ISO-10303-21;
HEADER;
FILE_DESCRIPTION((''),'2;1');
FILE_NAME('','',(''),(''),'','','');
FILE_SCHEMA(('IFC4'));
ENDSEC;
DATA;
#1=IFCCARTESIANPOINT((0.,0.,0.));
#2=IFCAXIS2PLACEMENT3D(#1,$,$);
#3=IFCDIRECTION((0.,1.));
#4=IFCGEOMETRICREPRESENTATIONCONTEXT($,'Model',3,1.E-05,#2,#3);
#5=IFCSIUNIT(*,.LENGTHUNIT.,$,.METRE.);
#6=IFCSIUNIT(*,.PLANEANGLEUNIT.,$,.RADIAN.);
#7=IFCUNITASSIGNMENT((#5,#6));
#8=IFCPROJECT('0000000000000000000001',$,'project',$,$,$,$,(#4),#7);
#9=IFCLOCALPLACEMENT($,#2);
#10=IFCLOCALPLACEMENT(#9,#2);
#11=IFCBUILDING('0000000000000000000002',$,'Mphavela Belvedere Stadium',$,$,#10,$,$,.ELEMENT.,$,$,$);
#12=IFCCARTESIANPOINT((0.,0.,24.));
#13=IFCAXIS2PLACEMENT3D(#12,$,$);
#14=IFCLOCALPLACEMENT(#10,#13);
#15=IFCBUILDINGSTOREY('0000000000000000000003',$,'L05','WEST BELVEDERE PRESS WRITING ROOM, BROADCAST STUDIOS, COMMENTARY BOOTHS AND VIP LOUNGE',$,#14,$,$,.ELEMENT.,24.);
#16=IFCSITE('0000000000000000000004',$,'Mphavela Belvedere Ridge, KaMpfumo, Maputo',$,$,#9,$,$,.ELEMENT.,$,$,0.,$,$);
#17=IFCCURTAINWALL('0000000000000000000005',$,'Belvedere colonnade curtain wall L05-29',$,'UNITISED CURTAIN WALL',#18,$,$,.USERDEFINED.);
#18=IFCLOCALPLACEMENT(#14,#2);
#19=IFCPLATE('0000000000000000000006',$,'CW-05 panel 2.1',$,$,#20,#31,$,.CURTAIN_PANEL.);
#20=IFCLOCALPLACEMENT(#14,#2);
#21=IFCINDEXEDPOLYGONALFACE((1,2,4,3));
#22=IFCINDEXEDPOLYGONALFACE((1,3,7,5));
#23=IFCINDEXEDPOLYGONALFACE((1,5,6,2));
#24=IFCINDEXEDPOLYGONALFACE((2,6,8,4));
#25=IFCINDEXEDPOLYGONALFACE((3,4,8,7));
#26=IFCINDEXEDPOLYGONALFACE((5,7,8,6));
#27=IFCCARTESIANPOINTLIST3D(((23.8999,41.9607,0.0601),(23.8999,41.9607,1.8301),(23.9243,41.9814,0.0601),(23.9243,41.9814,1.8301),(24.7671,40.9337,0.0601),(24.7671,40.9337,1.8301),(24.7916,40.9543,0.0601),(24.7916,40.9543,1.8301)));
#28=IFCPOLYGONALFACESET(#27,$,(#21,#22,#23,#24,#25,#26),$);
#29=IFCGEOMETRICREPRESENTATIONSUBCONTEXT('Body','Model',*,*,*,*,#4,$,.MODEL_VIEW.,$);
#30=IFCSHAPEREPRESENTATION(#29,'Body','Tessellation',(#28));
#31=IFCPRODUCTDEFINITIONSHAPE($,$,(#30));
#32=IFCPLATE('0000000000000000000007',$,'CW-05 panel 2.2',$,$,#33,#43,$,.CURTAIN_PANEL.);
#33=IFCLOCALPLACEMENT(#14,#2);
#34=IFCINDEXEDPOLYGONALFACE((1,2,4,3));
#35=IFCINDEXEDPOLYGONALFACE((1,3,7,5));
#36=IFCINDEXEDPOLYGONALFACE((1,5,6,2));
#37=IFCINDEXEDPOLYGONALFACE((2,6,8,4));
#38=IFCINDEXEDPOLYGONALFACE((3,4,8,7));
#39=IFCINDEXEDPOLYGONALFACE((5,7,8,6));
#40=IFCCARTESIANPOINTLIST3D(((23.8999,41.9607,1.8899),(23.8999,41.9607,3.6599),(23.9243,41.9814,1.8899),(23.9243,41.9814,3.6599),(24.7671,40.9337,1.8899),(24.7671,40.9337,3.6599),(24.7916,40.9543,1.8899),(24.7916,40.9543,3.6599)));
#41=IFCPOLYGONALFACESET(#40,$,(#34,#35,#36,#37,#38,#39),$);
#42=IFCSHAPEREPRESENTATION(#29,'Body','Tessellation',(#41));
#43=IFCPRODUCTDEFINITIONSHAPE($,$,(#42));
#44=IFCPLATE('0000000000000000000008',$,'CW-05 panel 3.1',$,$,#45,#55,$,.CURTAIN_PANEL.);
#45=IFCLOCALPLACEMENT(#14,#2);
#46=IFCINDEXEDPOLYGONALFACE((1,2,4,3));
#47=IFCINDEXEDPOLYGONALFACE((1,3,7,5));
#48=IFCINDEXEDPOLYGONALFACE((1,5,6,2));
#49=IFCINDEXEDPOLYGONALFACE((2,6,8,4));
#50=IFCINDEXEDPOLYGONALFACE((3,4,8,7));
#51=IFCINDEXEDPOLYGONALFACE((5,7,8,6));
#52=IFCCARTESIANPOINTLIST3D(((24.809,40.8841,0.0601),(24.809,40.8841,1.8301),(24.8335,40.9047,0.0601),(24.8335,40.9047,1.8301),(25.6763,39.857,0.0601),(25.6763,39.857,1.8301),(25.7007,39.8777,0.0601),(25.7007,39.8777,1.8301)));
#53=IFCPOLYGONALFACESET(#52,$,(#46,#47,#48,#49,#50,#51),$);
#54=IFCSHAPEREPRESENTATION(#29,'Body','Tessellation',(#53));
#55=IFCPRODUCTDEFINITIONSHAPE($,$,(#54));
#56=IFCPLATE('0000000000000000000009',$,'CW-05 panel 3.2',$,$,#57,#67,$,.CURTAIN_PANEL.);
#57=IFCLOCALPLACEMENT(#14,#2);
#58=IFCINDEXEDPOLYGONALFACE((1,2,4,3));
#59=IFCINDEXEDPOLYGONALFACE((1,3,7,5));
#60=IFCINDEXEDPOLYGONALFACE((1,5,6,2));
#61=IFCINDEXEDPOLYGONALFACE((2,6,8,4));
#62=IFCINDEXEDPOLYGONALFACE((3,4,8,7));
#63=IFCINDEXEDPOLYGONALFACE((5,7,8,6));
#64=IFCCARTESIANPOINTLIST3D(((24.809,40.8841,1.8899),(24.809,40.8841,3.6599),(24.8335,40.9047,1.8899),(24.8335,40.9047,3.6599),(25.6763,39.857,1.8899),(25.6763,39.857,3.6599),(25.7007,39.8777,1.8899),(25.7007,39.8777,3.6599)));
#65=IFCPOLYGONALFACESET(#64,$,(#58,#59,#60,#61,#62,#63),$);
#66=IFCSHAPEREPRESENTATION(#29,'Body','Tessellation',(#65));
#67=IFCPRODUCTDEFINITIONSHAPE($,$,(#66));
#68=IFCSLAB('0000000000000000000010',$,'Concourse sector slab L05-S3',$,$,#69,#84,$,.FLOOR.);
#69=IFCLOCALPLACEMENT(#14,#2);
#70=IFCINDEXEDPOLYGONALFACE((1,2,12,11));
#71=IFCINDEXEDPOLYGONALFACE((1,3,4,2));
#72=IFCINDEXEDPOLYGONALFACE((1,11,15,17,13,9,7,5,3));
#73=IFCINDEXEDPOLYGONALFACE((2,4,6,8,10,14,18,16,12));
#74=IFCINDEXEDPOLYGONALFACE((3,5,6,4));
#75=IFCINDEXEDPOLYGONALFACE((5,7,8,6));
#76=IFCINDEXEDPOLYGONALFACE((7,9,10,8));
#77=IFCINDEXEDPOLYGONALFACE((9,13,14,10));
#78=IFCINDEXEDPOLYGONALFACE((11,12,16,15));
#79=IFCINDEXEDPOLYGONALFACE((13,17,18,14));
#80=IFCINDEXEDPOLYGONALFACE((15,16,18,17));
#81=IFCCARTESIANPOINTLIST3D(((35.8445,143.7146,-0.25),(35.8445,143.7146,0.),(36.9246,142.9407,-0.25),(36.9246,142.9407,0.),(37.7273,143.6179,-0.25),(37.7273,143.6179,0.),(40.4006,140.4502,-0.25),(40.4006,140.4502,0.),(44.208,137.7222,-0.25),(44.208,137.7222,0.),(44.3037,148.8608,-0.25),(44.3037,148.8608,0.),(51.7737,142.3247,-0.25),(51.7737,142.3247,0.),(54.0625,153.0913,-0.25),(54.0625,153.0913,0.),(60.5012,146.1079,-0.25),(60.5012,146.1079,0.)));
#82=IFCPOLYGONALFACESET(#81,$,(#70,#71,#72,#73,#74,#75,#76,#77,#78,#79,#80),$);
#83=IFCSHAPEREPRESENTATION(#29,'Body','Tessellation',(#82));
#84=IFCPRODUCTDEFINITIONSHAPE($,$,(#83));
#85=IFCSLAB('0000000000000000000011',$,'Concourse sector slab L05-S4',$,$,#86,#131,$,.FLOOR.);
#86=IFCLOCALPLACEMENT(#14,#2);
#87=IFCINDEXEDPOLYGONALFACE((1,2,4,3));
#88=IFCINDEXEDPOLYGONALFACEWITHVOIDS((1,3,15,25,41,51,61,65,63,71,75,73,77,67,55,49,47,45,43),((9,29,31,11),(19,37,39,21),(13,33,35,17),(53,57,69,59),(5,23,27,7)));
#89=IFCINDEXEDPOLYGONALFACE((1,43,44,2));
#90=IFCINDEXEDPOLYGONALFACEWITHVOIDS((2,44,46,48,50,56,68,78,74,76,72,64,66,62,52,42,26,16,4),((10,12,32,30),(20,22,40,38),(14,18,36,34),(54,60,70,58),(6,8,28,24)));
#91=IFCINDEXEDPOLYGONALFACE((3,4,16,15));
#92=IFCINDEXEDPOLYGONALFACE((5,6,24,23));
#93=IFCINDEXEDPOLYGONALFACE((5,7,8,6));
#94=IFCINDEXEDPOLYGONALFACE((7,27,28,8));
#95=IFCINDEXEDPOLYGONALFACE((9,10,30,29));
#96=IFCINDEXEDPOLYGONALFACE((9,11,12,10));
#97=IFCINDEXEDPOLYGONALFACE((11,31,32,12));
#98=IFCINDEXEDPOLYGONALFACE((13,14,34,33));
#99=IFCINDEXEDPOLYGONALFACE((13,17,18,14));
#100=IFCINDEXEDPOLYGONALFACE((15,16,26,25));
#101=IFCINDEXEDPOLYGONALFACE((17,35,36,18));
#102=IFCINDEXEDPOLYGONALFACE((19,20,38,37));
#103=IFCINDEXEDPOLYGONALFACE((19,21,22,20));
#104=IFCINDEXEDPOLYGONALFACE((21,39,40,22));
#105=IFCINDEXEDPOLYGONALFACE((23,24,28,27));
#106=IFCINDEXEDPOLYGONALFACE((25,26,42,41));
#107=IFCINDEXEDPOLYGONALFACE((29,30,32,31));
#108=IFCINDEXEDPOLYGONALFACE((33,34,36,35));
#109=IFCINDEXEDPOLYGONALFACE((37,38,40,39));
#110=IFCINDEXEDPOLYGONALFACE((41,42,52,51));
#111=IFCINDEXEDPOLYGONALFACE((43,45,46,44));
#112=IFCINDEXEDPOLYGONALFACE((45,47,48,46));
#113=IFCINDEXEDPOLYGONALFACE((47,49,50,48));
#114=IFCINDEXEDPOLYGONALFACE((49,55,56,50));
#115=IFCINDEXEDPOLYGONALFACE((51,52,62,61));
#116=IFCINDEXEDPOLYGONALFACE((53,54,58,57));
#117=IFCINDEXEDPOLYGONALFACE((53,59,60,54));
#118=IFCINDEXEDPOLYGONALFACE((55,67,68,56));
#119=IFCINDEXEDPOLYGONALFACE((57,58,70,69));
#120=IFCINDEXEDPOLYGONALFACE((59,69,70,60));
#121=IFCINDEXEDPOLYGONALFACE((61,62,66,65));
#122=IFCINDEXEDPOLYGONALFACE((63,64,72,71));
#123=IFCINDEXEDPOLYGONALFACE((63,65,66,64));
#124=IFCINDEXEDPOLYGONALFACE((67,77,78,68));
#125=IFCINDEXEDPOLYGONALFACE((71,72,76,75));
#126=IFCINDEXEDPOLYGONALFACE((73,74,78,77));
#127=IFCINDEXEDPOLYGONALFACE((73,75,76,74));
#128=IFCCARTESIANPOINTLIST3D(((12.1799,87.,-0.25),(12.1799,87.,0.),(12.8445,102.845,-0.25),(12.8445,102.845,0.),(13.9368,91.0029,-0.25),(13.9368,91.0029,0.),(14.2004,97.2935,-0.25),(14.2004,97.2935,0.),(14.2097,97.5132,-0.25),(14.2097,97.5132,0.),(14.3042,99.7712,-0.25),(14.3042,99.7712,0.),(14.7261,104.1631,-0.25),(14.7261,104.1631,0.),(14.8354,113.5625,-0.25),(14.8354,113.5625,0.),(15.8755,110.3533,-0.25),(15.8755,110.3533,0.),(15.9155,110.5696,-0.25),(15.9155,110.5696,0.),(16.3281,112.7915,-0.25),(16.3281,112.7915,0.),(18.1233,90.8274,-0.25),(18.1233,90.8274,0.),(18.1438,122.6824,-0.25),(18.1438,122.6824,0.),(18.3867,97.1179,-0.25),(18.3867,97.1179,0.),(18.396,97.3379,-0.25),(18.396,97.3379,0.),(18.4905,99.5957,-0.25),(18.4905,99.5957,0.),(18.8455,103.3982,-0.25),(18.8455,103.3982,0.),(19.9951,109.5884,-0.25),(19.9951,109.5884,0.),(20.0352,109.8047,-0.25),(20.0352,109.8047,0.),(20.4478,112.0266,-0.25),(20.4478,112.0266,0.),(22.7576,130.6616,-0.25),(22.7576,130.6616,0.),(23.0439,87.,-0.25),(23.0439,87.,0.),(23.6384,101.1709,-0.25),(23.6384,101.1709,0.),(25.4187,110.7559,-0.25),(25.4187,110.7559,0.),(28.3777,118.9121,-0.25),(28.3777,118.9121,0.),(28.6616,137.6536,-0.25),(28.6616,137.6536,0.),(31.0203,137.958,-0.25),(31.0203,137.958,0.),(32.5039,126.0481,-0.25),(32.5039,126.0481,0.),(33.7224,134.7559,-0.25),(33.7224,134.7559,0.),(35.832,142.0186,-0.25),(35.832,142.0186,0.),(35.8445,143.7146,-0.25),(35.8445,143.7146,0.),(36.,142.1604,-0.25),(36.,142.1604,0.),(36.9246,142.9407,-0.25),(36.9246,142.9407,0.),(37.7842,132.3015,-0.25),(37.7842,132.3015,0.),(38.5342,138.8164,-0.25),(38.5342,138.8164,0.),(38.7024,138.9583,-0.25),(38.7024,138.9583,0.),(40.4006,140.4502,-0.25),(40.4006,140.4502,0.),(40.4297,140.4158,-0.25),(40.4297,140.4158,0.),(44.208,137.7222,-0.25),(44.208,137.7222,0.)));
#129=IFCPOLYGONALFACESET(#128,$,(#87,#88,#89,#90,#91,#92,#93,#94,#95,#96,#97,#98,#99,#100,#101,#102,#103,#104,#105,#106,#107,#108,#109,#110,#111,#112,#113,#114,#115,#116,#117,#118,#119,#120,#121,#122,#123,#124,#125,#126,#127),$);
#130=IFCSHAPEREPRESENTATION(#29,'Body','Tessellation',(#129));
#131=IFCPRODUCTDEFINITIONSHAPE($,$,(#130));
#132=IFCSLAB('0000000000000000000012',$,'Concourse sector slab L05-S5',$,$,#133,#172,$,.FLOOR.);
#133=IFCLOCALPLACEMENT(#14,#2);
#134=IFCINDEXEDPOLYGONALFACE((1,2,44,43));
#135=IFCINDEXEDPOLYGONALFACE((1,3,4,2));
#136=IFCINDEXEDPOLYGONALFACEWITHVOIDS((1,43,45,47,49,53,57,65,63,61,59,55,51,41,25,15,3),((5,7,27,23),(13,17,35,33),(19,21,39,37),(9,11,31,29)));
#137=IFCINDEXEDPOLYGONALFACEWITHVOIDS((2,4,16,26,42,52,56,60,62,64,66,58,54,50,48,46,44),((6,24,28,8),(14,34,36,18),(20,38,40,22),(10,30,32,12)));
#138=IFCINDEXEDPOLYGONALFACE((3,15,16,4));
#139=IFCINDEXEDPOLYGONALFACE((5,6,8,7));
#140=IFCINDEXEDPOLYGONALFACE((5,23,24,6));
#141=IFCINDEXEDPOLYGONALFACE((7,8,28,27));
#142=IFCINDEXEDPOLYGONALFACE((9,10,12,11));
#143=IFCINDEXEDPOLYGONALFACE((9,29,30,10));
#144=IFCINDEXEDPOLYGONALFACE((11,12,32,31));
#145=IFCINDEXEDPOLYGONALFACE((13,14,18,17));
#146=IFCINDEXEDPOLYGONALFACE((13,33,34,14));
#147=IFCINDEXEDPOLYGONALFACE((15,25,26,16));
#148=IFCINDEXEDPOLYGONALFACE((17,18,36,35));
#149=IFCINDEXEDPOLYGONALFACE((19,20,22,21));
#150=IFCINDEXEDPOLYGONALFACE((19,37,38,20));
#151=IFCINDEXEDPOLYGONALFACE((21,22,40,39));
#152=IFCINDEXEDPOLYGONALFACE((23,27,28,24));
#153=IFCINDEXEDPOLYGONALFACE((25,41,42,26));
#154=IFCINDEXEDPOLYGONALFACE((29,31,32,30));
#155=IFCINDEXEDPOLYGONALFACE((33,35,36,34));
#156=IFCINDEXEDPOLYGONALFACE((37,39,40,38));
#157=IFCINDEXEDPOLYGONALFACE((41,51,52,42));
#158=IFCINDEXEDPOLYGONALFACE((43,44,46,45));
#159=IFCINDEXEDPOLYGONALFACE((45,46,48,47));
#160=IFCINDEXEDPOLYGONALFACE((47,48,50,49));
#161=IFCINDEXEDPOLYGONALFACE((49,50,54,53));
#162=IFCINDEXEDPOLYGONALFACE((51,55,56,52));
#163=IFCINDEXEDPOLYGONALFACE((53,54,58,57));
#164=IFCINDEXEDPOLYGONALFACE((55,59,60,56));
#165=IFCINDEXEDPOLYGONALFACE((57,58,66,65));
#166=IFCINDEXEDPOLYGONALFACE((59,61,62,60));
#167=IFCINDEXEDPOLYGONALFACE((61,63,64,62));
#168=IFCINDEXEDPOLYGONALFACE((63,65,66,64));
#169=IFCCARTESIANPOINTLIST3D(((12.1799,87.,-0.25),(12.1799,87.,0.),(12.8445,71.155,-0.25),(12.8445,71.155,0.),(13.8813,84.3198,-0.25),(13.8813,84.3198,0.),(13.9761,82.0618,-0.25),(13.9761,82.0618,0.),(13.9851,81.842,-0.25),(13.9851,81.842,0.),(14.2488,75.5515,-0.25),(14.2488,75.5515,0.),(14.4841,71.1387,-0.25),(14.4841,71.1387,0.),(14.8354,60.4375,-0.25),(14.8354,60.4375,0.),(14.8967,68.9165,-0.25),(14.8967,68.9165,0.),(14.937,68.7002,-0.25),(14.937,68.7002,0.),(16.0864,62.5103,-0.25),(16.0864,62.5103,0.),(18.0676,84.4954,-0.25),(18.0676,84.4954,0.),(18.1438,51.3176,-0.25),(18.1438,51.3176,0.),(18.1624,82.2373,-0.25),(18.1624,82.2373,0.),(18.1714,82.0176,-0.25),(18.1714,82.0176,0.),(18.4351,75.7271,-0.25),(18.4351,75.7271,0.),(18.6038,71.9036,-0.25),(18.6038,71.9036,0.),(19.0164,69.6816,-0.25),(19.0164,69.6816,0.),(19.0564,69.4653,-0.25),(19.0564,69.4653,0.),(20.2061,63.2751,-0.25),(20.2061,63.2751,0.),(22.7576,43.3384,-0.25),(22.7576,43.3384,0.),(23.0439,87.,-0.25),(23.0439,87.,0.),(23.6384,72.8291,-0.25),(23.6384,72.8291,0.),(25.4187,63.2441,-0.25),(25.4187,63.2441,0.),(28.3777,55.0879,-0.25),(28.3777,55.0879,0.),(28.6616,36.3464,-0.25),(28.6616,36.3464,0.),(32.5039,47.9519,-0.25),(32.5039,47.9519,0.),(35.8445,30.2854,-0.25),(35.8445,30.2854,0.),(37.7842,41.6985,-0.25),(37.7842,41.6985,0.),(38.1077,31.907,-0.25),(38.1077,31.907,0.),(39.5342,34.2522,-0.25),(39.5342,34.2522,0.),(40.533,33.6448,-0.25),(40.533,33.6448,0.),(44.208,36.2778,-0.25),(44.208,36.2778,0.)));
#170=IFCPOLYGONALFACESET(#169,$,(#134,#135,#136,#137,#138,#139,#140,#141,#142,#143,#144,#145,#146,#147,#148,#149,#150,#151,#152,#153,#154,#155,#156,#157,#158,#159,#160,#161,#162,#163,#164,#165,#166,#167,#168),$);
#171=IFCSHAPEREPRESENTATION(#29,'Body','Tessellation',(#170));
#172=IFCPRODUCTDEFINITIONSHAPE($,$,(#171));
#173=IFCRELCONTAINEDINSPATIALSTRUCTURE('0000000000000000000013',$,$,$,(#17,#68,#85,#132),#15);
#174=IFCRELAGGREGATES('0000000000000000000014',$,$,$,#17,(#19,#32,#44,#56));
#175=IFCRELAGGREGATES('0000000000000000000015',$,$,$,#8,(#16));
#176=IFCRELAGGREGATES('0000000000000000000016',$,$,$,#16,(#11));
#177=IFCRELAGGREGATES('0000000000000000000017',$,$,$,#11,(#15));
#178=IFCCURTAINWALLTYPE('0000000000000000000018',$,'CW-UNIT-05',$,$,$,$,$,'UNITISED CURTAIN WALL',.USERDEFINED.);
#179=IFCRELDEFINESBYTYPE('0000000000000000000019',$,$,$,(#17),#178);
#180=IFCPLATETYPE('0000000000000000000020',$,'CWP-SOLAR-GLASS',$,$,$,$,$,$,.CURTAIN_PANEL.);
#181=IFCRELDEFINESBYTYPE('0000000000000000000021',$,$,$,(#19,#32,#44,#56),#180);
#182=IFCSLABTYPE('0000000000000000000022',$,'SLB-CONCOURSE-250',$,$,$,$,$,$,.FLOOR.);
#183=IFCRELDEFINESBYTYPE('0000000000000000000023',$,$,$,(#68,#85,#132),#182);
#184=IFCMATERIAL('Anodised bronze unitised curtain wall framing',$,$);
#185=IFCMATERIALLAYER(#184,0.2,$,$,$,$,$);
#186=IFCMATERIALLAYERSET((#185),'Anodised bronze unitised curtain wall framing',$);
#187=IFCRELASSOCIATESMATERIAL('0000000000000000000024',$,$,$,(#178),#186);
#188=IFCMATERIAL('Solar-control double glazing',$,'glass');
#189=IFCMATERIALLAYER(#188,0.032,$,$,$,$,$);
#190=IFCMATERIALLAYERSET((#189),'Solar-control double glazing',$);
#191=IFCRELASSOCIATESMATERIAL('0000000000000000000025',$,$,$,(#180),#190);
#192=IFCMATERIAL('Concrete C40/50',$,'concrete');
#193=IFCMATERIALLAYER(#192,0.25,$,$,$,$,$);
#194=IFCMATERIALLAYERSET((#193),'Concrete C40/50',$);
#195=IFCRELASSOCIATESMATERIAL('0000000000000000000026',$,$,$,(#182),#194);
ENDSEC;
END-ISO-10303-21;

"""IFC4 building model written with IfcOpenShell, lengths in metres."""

from ifc_helpers import new_model, si_unit, direction, frame, origin, origin_2d, place, context, subcontext, project, spatial, polyline, rectangle, outline, extrude, material, layer, layer_set, type_object, element, aggregate, save


model = new_model("IFC4")

# Units and contexts
model_context = context("Model", 3, precision=1e-05, world=origin(), true_north=direction((0.0, 1.0)))
body_context = subcontext(model_context, "Body", "Model", "MODEL_VIEW")
ifc_project = project(units=[si_unit("LENGTHUNIT", "METRE"), si_unit("PLANEANGLEUNIT", "RADIAN")], contexts=[model_context])

# Site, building, storey
site_placement = place(None, origin())
site = spatial("IfcSite", under=ifc_project, at=site_placement, Name="Mphavela Belvedere Ridge, KaMpfumo, Maputo", CompositionType="ELEMENT", RefElevation=0.0)
building_placement = place(site_placement, origin())
building = spatial("IfcBuilding", under=site, at=building_placement, Name="Mphavela Belvedere Stadium", CompositionType="ELEMENT")
storey_placement = place(building_placement, frame((0.0, 0.0, 24.0)))
storey = spatial("IfcBuildingStorey", under=building, at=storey_placement, Name="L05", Description="WEST BELVEDERE PRESS WRITING ROOM, BROADCAST STUDIOS, COMMENTARY BOOTHS AND VIP LOUNGE", CompositionType="ELEMENT", Elevation=24.0)

# Curtain wall, plates
ifc_material_1 = material(Name="Anodised bronze unitised curtain wall framing")
ifc_layer_1 = layer(ifc_material_1, 0.2)
ifc_layer_set_1 = layer_set([ifc_layer_1], Name="Anodised bronze unitised curtain wall framing")
curtain_wall_type = type_object("IfcCurtainWallType", Name="CW-UNIT-05", ElementType="UNITISED CURTAIN WALL", PredefinedType="USERDEFINED", material=ifc_layer_set_1)
curtain_wall_placement = place(storey_placement, origin())
curtain_wall = element("IfcCurtainWall", 1, at=curtain_wall_placement, inside=storey, type_object=curtain_wall_type, Name="Belvedere colonnade curtain wall L05-29", ObjectType="UNITISED CURTAIN WALL", PredefinedType="USERDEFINED")
ifc_material_2 = material(Name="Solar-control double glazing", Category="glass")
ifc_layer_2 = layer(ifc_material_2, 0.032)
ifc_layer_set_2 = layer_set([ifc_layer_2], Name="Solar-control double glazing")
plate_type = type_object("IfcPlateType", Name="CWP-SOLAR-GLASS", PredefinedType="CURTAIN_PANEL", material=ifc_layer_set_2)
plate_1_placement = place(storey_placement, frame((24.3457, 41.4575, 0.0601), z_axis=(0.0, 0.0, 1.0), x_axis=(0.645175, -0.764035, 0.0)))
plate_1 = element("IfcPlate", 2, at=plate_1_placement, type_object=plate_type, Name="CW-05 panel 2.1", PredefinedType="CURTAIN_PANEL", context=body_context, shape_type="SweptSolid", body=[
    extrude(rectangle(XDim=1.3442, YDim=0.032, at=origin_2d()), origin(), (0.0, 0.0, 1.0), 1.77),
])
plate_2_placement = place(storey_placement, frame((24.3457, 41.4575, 1.8899), z_axis=(0.0, 0.0, 1.0), x_axis=(0.645175, -0.764035, 0.0)))
plate_2 = element("IfcPlate", 3, at=plate_2_placement, type_object=plate_type, Name="CW-05 panel 2.2", PredefinedType="CURTAIN_PANEL", context=body_context, shape_type="SweptSolid", body=[
    extrude(rectangle(XDim=1.3442, YDim=0.032, at=origin_2d()), origin(), (0.0, 0.0, 1.0), 1.77),
])
plate_3_placement = place(storey_placement, frame((25.2549, 40.3809, 0.0601), z_axis=(0.0, 0.0, 1.0), x_axis=(0.645175, -0.764035, 0.0)))
plate_3 = element("IfcPlate", 4, at=plate_3_placement, type_object=plate_type, Name="CW-05 panel 3.1", PredefinedType="CURTAIN_PANEL", context=body_context, shape_type="SweptSolid", body=[
    extrude(rectangle(XDim=1.3442, YDim=0.032, at=origin_2d()), origin(), (0.0, 0.0, 1.0), 1.77),
])
plate_4_placement = place(storey_placement, frame((25.2549, 40.3809, 1.8899), z_axis=(0.0, 0.0, 1.0), x_axis=(0.645175, -0.764035, 0.0)))
plate_4 = element("IfcPlate", 5, at=plate_4_placement, type_object=plate_type, Name="CW-05 panel 3.2", PredefinedType="CURTAIN_PANEL", context=body_context, shape_type="SweptSolid", body=[
    extrude(rectangle(XDim=1.3442, YDim=0.032, at=origin_2d()), origin(), (0.0, 0.0, 1.0), 1.77),
])
aggregate(curtain_wall, [plate_1, plate_2, plate_3, plate_4])

# Slabs
ifc_material_3 = material(Name="Concrete C40/50", Category="concrete")
ifc_layer_3 = layer(ifc_material_3, 0.25)
ifc_layer_set_3 = layer_set([ifc_layer_3], Name="Concrete C40/50")
slab_type_1 = type_object("IfcSlabType", Name="SLB-CONCOURSE-250", PredefinedType="FLOOR", material=ifc_layer_set_3)
slab_1_placement = place(storey_placement, frame((0.0, 0.0, -0.25)))
element("IfcSlab", 6, at=slab_1_placement, inside=storey, type_object=slab_type_1, Name="Concourse sector slab L05-S3", PredefinedType="FLOOR", context=body_context, shape_type="SweptSolid", body=[
    extrude(outline(polyline([(44.208, 137.7222), (40.4006, 140.4502), (37.7273, 143.6179), (36.9246, 142.9407), (35.8445, 143.7146), (44.3037, 148.8608), (54.0625, 153.0913), (60.5012, 146.1079), (51.7737, 142.3247), (44.208, 137.7222)])), origin(), (0.0, 0.0, 1.0), 0.25),
])
slab_2_placement = place(storey_placement, frame((0.0, 0.0, -0.25)))
element("IfcSlab", 7, at=slab_2_placement, inside=storey, type_object=slab_type_1, Name="Concourse sector slab L05-S4", PredefinedType="FLOOR", context=body_context, shape_type="SweptSolid", body=[
    extrude(outline(polyline([(22.7576, 130.6616), (28.6616, 137.6536), (35.8445, 143.7146), (36.9246, 142.9407), (36.0, 142.1604), (38.7024, 138.9583), (40.4297, 140.4158), (40.4006, 140.4502), (44.208, 137.7222), (37.7842, 132.3015), (32.5039, 126.0481), (28.3777, 118.9121), (25.4187, 110.7559), (23.6384, 101.1709), (23.0439, 87.0), (12.1799, 87.0), (12.8445, 102.845), (14.8354, 113.5625), (18.1438, 122.6824), (22.7576, 130.6616)]), holes=[polyline([(35.832, 142.0186), (31.0203, 137.958), (33.7224, 134.7559), (38.5342, 138.8164), (35.832, 142.0186)]), polyline([(18.8455, 103.3982), (19.9951, 109.5884), (15.8755, 110.3533), (14.7261, 104.1631), (18.8455, 103.3982)]), polyline([(20.0352, 109.8047), (20.4478, 112.0266), (16.3281, 112.7915), (15.9155, 110.5696), (20.0352, 109.8047)]), polyline([(14.2004, 97.2935), (13.9368, 91.0029), (18.1233, 90.8274), (18.3867, 97.1179), (14.2004, 97.2935)]), polyline([(14.3042, 99.7712), (14.2097, 97.5132), (18.396, 97.3379), (18.4905, 99.5957), (14.3042, 99.7712)])]), origin(), (0.0, 0.0, 1.0), 0.25),
])
slab_3_placement = place(storey_placement, frame((0.0, 0.0, -0.25)))
element("IfcSlab", 8, at=slab_3_placement, inside=storey, type_object=slab_type_1, Name="Concourse sector slab L05-S5", PredefinedType="FLOOR", context=body_context, shape_type="SweptSolid", body=[
    extrude(outline(polyline([(18.1438, 51.3176), (14.8354, 60.4375), (12.8445, 71.155), (12.1799, 87.0), (23.0439, 87.0), (23.6384, 72.8291), (25.4187, 63.2441), (28.3777, 55.0879), (32.5039, 47.9519), (37.7842, 41.6985), (44.208, 36.2778), (40.533, 33.6448), (39.5342, 34.2522), (38.1077, 31.907), (35.8445, 30.2854), (28.6616, 36.3464), (22.7576, 43.3384), (18.1438, 51.3176)]), holes=[polyline([(18.1714, 82.0176), (13.9851, 81.842), (14.2488, 75.5515), (18.4351, 75.7271), (18.1714, 82.0176)]), polyline([(18.0676, 84.4954), (13.8813, 84.3198), (13.9761, 82.0618), (18.1624, 82.2373), (18.0676, 84.4954)]), polyline([(16.0864, 62.5103), (20.2061, 63.2751), (19.0564, 69.4653), (14.937, 68.7002), (16.0864, 62.5103)]), polyline([(14.8967, 68.9165), (19.0164, 69.6816), (18.6038, 71.9036), (14.4841, 71.1387), (14.8967, 68.9165)])]), origin(), (0.0, 0.0, 1.0), 0.25),
])

save(model, "model.ifc")
